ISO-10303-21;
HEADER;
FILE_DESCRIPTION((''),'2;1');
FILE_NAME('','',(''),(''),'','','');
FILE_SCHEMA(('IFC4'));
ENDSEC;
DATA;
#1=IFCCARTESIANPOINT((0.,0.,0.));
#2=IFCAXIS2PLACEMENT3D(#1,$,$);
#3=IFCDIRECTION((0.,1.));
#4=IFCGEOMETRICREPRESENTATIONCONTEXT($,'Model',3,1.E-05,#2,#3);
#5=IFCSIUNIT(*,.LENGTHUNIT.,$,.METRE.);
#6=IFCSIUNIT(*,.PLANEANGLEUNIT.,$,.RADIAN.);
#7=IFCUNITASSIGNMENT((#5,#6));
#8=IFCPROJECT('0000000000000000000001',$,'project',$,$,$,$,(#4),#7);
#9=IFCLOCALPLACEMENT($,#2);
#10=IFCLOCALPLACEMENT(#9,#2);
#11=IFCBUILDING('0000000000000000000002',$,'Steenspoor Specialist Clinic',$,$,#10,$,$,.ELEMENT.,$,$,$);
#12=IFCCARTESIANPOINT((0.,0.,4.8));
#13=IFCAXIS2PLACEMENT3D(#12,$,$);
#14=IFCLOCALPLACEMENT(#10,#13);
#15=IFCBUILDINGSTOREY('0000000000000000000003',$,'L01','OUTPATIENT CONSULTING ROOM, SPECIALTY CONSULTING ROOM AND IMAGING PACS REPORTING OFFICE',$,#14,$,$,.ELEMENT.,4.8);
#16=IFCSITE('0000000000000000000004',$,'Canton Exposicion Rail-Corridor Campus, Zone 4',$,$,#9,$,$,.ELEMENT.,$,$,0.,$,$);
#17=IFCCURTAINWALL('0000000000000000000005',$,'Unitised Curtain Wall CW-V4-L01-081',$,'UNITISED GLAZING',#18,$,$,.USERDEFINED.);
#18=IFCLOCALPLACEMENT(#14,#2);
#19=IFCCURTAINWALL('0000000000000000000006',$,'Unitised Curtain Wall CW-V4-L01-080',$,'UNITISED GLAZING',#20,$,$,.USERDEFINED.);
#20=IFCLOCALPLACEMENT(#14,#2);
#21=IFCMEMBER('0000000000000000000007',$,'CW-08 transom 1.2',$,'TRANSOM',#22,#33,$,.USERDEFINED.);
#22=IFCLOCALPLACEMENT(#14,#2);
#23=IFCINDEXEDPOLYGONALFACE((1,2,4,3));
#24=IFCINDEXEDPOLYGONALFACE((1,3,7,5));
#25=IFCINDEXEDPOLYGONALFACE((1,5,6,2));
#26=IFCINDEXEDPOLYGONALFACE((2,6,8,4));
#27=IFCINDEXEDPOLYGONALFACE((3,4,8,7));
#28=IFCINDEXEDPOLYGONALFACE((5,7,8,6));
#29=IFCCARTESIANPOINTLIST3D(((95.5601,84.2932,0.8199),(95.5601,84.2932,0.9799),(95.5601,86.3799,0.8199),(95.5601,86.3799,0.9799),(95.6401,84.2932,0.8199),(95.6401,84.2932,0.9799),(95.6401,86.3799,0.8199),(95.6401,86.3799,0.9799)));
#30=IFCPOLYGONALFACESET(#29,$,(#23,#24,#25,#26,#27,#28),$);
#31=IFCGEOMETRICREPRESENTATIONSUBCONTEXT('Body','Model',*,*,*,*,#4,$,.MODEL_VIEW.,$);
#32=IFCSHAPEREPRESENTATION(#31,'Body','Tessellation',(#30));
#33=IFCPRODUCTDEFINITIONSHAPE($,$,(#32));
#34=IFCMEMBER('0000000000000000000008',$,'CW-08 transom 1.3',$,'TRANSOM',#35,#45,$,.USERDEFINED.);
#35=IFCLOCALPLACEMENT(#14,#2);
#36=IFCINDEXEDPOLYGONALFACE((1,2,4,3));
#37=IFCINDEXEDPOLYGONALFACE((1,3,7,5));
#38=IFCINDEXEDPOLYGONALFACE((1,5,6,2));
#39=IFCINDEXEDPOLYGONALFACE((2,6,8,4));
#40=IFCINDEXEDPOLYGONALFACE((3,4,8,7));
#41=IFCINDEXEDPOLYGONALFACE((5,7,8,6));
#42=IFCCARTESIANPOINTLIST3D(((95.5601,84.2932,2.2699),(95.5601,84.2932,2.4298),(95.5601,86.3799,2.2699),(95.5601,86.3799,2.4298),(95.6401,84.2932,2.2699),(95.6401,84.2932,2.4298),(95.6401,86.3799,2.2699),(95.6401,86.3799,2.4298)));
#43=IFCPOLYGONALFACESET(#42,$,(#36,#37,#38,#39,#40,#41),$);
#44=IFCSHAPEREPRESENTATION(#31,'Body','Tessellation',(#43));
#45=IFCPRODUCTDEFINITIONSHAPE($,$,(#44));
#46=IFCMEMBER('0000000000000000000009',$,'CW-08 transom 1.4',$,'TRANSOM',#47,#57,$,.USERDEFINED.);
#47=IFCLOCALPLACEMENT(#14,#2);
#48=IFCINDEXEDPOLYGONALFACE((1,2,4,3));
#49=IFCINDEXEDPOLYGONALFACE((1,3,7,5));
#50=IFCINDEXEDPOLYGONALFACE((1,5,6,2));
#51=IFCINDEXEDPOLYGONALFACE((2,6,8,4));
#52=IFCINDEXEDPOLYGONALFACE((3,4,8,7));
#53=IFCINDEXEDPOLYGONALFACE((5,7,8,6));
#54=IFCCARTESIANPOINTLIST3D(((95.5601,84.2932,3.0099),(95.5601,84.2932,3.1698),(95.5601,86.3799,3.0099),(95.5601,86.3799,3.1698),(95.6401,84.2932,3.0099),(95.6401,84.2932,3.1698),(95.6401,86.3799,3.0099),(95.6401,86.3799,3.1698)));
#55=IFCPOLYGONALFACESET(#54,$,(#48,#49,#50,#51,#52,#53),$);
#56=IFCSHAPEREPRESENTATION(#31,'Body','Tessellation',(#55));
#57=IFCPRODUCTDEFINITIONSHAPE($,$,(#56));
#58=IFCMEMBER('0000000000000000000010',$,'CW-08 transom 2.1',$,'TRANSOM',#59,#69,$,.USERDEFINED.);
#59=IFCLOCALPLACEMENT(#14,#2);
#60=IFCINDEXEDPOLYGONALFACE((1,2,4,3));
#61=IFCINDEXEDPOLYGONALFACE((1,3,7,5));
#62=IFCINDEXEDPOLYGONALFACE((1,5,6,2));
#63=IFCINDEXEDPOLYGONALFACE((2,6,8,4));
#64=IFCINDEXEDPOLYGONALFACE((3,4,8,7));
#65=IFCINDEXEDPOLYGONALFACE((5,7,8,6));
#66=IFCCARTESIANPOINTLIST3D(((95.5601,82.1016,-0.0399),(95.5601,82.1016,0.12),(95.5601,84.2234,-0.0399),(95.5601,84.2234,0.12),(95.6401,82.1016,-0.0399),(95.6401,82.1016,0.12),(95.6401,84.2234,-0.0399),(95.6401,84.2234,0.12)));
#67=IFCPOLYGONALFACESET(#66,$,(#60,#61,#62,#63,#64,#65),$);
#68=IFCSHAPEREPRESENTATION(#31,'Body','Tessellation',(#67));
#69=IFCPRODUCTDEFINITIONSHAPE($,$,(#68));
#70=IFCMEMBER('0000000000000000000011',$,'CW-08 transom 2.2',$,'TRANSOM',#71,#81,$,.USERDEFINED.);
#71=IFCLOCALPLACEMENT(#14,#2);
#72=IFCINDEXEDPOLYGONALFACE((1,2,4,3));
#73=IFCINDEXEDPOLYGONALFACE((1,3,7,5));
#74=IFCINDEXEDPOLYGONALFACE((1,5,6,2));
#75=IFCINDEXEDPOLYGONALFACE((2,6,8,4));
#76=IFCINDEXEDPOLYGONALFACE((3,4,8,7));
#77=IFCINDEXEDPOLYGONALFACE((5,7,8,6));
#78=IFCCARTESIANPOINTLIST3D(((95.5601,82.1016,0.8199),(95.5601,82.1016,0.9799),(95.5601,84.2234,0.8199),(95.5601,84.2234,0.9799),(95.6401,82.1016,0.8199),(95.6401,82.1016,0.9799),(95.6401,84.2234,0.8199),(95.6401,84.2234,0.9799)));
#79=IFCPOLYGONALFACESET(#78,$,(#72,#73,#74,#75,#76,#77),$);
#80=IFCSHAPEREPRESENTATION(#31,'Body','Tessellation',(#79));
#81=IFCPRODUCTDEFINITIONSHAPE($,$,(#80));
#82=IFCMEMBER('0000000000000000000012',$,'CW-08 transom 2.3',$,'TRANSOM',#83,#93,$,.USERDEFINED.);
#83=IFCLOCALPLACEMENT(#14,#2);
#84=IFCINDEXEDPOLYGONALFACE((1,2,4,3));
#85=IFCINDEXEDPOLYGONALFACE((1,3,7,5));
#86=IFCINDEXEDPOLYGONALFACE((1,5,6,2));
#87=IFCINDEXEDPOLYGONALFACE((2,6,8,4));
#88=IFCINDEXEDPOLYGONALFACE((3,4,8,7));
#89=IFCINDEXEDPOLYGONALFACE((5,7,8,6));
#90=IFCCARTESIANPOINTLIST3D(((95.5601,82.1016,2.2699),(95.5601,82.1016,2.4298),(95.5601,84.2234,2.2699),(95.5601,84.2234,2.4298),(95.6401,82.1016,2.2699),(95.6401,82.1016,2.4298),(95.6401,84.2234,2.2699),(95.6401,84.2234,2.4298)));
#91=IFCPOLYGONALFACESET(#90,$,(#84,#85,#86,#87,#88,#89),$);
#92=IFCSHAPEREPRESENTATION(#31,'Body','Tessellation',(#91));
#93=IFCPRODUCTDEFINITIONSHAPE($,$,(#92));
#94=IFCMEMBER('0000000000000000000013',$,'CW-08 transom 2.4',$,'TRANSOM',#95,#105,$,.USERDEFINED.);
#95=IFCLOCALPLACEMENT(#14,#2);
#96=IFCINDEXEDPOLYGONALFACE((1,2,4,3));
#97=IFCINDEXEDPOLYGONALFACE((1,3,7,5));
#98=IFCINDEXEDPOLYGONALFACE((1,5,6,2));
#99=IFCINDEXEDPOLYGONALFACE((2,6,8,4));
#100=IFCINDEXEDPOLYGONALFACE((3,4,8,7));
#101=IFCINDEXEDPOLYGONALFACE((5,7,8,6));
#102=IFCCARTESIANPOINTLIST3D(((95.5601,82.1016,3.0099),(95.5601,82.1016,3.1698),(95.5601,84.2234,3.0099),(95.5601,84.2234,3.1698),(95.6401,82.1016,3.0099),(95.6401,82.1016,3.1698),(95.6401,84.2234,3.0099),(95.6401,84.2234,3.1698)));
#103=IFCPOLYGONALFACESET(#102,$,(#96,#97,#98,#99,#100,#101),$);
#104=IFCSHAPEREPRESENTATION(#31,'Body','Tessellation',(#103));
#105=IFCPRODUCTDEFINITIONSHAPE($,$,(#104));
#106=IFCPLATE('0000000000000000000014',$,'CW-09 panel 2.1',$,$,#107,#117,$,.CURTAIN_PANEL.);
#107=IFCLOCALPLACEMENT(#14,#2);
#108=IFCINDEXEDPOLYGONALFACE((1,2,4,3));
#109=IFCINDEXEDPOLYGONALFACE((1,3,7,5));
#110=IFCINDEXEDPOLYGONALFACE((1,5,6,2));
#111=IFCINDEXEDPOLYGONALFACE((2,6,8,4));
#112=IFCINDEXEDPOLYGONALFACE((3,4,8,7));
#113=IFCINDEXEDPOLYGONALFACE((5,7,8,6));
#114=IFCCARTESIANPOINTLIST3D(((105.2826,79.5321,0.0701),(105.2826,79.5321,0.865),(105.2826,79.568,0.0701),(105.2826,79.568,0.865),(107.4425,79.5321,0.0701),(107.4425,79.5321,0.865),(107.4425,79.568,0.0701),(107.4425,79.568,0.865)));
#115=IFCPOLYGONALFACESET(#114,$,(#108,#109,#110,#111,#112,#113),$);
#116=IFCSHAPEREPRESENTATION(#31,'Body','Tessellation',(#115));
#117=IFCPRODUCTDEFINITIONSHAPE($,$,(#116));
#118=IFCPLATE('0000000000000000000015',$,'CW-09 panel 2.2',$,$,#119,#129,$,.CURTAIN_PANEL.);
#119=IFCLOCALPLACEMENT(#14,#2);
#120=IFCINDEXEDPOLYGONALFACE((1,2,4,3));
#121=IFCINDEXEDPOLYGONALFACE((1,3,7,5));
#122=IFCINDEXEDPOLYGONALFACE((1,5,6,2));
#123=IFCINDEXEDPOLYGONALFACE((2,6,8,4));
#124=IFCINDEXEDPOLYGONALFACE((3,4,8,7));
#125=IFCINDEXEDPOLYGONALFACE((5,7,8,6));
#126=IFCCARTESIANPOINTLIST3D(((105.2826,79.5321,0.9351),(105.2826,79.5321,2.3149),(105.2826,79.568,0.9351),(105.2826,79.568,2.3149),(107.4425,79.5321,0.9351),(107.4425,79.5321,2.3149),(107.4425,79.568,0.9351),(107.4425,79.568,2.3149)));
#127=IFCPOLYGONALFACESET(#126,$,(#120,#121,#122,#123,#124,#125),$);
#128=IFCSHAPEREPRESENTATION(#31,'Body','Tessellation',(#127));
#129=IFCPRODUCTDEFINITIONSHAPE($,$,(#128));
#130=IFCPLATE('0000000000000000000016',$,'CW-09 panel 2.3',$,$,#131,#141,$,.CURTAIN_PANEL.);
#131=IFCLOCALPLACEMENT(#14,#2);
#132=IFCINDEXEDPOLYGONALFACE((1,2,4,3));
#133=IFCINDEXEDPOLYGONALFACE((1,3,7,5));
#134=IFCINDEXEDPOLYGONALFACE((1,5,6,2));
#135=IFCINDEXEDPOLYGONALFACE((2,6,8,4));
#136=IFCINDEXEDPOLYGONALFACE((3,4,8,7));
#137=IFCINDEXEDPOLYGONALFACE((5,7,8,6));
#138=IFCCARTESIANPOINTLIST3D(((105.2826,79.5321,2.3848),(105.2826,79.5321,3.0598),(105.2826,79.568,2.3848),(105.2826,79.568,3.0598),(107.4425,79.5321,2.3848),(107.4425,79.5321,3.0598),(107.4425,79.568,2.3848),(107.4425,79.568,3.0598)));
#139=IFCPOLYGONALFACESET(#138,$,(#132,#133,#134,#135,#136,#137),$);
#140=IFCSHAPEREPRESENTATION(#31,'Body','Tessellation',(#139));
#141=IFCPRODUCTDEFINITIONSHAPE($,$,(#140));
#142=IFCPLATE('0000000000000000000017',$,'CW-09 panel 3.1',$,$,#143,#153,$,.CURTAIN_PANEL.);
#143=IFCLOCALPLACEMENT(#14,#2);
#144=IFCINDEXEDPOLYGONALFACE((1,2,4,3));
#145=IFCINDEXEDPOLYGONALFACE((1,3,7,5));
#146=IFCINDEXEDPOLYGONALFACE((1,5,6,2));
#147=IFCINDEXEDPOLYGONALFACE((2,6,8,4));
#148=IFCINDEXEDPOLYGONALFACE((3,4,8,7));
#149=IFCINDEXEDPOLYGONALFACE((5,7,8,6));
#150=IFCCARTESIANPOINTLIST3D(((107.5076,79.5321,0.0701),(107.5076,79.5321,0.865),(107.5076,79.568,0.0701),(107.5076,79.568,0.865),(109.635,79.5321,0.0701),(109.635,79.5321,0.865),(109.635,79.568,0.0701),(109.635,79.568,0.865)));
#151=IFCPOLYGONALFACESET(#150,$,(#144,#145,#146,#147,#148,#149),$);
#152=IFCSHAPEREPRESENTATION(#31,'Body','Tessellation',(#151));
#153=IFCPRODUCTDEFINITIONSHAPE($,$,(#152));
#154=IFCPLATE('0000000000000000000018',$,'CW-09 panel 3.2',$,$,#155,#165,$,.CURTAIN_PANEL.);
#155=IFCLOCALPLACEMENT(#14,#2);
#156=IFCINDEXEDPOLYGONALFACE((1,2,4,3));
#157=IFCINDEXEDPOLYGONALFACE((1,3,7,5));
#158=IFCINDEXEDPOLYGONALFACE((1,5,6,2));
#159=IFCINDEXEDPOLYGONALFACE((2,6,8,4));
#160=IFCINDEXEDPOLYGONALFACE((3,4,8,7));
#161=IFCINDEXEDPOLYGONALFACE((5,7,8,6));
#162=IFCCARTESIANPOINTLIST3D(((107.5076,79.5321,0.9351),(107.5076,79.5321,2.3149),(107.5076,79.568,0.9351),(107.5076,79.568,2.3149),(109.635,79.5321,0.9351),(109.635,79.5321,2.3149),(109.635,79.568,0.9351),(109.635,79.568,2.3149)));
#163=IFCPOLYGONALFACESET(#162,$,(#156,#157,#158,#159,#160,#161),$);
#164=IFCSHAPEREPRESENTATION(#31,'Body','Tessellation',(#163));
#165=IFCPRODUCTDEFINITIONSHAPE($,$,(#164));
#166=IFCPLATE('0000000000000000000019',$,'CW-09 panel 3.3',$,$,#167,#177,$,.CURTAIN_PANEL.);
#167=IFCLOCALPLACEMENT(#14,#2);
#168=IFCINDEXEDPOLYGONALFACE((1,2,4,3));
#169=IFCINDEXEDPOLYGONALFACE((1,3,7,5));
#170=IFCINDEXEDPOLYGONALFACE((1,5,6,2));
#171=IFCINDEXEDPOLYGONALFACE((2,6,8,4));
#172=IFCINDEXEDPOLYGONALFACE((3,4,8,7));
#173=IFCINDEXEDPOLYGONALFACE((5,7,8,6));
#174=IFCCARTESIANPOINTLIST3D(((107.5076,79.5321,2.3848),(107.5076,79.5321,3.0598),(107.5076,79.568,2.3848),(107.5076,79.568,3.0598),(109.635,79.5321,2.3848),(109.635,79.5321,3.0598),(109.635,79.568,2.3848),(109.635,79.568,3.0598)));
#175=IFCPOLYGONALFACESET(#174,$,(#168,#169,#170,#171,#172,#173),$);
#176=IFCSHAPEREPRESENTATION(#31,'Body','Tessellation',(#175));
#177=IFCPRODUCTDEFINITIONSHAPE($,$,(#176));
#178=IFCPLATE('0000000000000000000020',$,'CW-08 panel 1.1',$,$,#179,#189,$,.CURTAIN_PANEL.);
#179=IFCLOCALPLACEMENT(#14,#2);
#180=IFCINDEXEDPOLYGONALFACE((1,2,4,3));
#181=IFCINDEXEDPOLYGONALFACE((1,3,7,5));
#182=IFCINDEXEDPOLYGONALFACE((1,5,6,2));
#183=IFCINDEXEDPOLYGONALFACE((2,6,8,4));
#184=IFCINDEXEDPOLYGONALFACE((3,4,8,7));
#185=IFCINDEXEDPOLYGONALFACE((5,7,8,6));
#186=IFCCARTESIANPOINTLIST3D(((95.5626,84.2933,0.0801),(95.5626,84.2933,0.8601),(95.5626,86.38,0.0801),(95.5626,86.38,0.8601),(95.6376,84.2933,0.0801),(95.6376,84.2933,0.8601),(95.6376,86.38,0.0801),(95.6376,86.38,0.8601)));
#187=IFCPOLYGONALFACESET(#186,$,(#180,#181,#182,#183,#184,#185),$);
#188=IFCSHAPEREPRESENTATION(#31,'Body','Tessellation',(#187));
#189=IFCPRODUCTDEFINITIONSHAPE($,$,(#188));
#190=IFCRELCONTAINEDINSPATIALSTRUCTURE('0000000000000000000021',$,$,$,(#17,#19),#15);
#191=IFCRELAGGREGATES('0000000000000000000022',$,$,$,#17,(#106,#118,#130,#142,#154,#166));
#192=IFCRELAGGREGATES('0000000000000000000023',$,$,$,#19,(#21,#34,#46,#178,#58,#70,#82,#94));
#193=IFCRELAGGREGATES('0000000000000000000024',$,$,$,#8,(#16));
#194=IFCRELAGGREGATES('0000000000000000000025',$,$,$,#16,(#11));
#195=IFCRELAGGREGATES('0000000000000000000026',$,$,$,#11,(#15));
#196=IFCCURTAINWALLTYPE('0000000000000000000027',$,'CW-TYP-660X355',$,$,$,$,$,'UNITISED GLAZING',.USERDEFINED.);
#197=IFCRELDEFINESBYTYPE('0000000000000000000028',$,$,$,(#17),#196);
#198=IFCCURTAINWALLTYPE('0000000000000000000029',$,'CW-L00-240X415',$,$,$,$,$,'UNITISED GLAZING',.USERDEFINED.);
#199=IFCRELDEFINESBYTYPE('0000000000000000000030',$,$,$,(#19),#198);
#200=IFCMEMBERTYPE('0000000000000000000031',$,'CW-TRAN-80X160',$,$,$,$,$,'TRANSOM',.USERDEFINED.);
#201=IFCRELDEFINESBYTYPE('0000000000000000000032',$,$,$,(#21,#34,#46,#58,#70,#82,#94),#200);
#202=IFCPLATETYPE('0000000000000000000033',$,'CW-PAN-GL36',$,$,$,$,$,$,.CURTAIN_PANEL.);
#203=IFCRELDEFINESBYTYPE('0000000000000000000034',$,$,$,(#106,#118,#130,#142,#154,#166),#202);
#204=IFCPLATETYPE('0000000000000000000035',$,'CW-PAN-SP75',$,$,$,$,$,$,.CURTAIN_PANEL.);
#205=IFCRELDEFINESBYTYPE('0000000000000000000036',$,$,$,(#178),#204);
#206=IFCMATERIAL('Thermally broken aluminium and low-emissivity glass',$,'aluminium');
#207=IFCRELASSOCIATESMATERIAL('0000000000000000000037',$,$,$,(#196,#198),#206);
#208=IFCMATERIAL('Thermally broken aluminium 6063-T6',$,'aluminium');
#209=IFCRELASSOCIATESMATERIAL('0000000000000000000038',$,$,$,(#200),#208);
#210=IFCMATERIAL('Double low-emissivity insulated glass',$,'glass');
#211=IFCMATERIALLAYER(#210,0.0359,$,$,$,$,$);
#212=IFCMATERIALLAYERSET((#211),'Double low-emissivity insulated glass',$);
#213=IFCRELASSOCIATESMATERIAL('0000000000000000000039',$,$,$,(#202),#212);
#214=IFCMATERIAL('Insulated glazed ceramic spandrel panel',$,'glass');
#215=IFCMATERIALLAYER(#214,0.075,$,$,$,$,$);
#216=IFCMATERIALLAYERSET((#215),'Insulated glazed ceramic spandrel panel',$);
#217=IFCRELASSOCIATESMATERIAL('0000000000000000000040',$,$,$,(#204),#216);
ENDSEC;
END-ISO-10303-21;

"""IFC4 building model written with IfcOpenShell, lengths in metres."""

from ifc_helpers import new_model, si_unit, direction, frame, origin, origin_2d, place, context, subcontext, project, spatial, rectangle, extrude, material, layer, layer_set, material_profile, profile_set, type_object, element, aggregate, save


model = new_model("IFC4")

# Units and contexts
model_context = context("Model", 3, precision=1e-05, world=origin(), true_north=direction((0.0, 1.0)))
body_context = subcontext(model_context, "Body", "Model", "MODEL_VIEW")
ifc_project = project(units=[si_unit("LENGTHUNIT", "METRE"), si_unit("PLANEANGLEUNIT", "RADIAN")], contexts=[model_context])

# Site, building, storey
site_placement = place(None, origin())
site = spatial("IfcSite", under=ifc_project, at=site_placement, Name="Canton Exposicion Rail-Corridor Campus, Zone 4", CompositionType="ELEMENT", RefElevation=0.0)
building_placement = place(site_placement, origin())
building = spatial("IfcBuilding", under=site, at=building_placement, Name="Steenspoor Specialist Clinic", CompositionType="ELEMENT")
storey_placement = place(building_placement, frame((0.0, 0.0, 4.8)))
storey = spatial("IfcBuildingStorey", under=building, at=storey_placement, Name="L01", Description="OUTPATIENT CONSULTING ROOM, SPECIALTY CONSULTING ROOM AND IMAGING PACS REPORTING OFFICE", CompositionType="ELEMENT", Elevation=4.8)

# Curtain walls
ifc_material_1 = material(Name="Thermally broken aluminium and low-emissivity glass", Category="aluminium")
curtain_wall_type_1 = type_object("IfcCurtainWallType", Name="CW-TYP-660X355", ElementType="UNITISED GLAZING", PredefinedType="USERDEFINED", material=ifc_material_1)
curtain_wall_1_placement = place(storey_placement, origin())
curtain_wall_1 = element("IfcCurtainWall", 1, at=curtain_wall_1_placement, inside=storey, type_object=curtain_wall_type_1, Name="Unitised Curtain Wall CW-V4-L01-081", ObjectType="UNITISED GLAZING", PredefinedType="USERDEFINED")
ifc_material_2 = material(Name="Thermally broken aluminium 6063-T6", Category="aluminium")
curtain_wall_type_2 = type_object("IfcCurtainWallType", Name="CW-L00-240X415", ElementType="UNITISED GLAZING", PredefinedType="USERDEFINED", material=ifc_material_1)
curtain_wall_2_placement = place(storey_placement, origin())
curtain_wall_2 = element("IfcCurtainWall", 2, at=curtain_wall_2_placement, inside=storey, type_object=curtain_wall_type_2, Name="Unitised Curtain Wall CW-V4-L01-080", ObjectType="UNITISED GLAZING", PredefinedType="USERDEFINED")

# Members
ifc_material_profile_1 = material_profile(ifc_material_2, rectangle(XDim=0.0801, YDim=0.1599, at=origin_2d()), Name="CWT-80X160")
ifc_profile_set_1 = profile_set([ifc_material_profile_1], Name="Thermally broken aluminium 6063-T6")
member_type_1 = type_object("IfcMemberType", Name="CW-TRAN-80X160", ElementType="TRANSOM", PredefinedType="USERDEFINED", material=ifc_profile_set_1)
member_1_placement = place(storey_placement, frame((95.6001, 86.3799, 0.8999), z_axis=(0.0, -1.0, 0.0), x_axis=(1.0, 0.0, 0.0)))
member_1 = element("IfcMember", 3, at=member_1_placement, type_object=member_type_1, Name="CW-08 transom 1.2", ObjectType="TRANSOM", PredefinedType="USERDEFINED", context=body_context, shape_type="SweptSolid", body=[
    extrude(rectangle(XDim=0.0801, YDim=0.1599, at=origin_2d()), origin(), (0.0, 0.0, 1.0), 2.0867),
])
member_2_placement = place(storey_placement, frame((95.6001, 86.3799, 2.3499), z_axis=(0.0, -1.0, 0.0), x_axis=(1.0, 0.0, 0.0)))
member_2 = element("IfcMember", 4, at=member_2_placement, type_object=member_type_1, Name="CW-08 transom 1.3", ObjectType="TRANSOM", PredefinedType="USERDEFINED", context=body_context, shape_type="SweptSolid", body=[
    extrude(rectangle(XDim=0.0801, YDim=0.1599, at=origin_2d()), origin(), (0.0, 0.0, 1.0), 2.0867),
])
member_3_placement = place(storey_placement, frame((95.6001, 86.3799, 3.0898), z_axis=(0.0, -1.0, 0.0), x_axis=(1.0, 0.0, 0.0)))
member_3 = element("IfcMember", 5, at=member_3_placement, type_object=member_type_1, Name="CW-08 transom 1.4", ObjectType="TRANSOM", PredefinedType="USERDEFINED", context=body_context, shape_type="SweptSolid", body=[
    extrude(rectangle(XDim=0.0801, YDim=0.1599, at=origin_2d()), origin(), (0.0, 0.0, 1.0), 2.0867),
])
member_4_placement = place(storey_placement, frame((95.6001, 84.2234, 0.04), z_axis=(0.0, -1.0, 0.0), x_axis=(1.0, 0.0, 0.0)))
member_4 = element("IfcMember", 6, at=member_4_placement, type_object=member_type_1, Name="CW-08 transom 2.1", ObjectType="TRANSOM", PredefinedType="USERDEFINED", context=body_context, shape_type="SweptSolid", body=[
    extrude(rectangle(XDim=0.0801, YDim=0.1599, at=origin_2d()), origin(), (0.0, 0.0, 1.0), 2.1218),
])
member_5_placement = place(storey_placement, frame((95.6001, 84.2234, 0.8999), z_axis=(0.0, -1.0, 0.0), x_axis=(1.0, 0.0, 0.0)))
member_5 = element("IfcMember", 7, at=member_5_placement, type_object=member_type_1, Name="CW-08 transom 2.2", ObjectType="TRANSOM", PredefinedType="USERDEFINED", context=body_context, shape_type="SweptSolid", body=[
    extrude(rectangle(XDim=0.0801, YDim=0.1599, at=origin_2d()), origin(), (0.0, 0.0, 1.0), 2.1218),
])
member_6_placement = place(storey_placement, frame((95.6001, 84.2234, 2.3499), z_axis=(0.0, -1.0, 0.0), x_axis=(1.0, 0.0, 0.0)))
member_6 = element("IfcMember", 8, at=member_6_placement, type_object=member_type_1, Name="CW-08 transom 2.3", ObjectType="TRANSOM", PredefinedType="USERDEFINED", context=body_context, shape_type="SweptSolid", body=[
    extrude(rectangle(XDim=0.0801, YDim=0.1599, at=origin_2d()), origin(), (0.0, 0.0, 1.0), 2.1218),
])
member_7_placement = place(storey_placement, frame((95.6001, 84.2234, 3.0898), z_axis=(0.0, -1.0, 0.0), x_axis=(1.0, 0.0, 0.0)))
member_7 = element("IfcMember", 9, at=member_7_placement, type_object=member_type_1, Name="CW-08 transom 2.4", ObjectType="TRANSOM", PredefinedType="USERDEFINED", context=body_context, shape_type="SweptSolid", body=[
    extrude(rectangle(XDim=0.0801, YDim=0.1599, at=origin_2d()), origin(), (0.0, 0.0, 1.0), 2.1218),
])

# Plates
ifc_material_3 = material(Name="Double low-emissivity insulated glass", Category="glass")
ifc_layer_1 = layer(ifc_material_3, 0.0359)
ifc_layer_set_1 = layer_set([ifc_layer_1], Name="Double low-emissivity insulated glass")
plate_type_1 = type_object("IfcPlateType", Name="CW-PAN-GL36", PredefinedType="CURTAIN_PANEL", material=ifc_layer_set_1)
plate_1_placement = place(storey_placement, frame((106.3625, 79.55, 0.0701), z_axis=(0.0, 0.0, 1.0), x_axis=(1.0, 0.0, 0.0)))
plate_1 = element("IfcPlate", 10, at=plate_1_placement, type_object=plate_type_1, Name="CW-09 panel 2.1", PredefinedType="CURTAIN_PANEL", context=body_context, shape_type="SweptSolid", body=[
    extrude(rectangle(XDim=2.1599, YDim=0.0359, at=origin_2d()), origin(), (0.0, 0.0, 1.0), 0.7949),
])
plate_2_placement = place(storey_placement, frame((106.3625, 79.55, 0.9351), z_axis=(0.0, 0.0, 1.0), x_axis=(1.0, 0.0, 0.0)))
plate_2 = element("IfcPlate", 11, at=plate_2_placement, type_object=plate_type_1, Name="CW-09 panel 2.2", PredefinedType="CURTAIN_PANEL", context=body_context, shape_type="SweptSolid", body=[
    extrude(rectangle(XDim=2.1599, YDim=0.0359, at=origin_2d()), origin(), (0.0, 0.0, 1.0), 1.3799),
])
plate_3_placement = place(storey_placement, frame((106.3625, 79.55, 2.3848), z_axis=(0.0, 0.0, 1.0), x_axis=(1.0, 0.0, 0.0)))
plate_3 = element("IfcPlate", 12, at=plate_3_placement, type_object=plate_type_1, Name="CW-09 panel 2.3", PredefinedType="CURTAIN_PANEL", context=body_context, shape_type="SweptSolid", body=[
    extrude(rectangle(XDim=2.1599, YDim=0.0359, at=origin_2d()), origin(), (0.0, 0.0, 1.0), 0.675),
])
plate_4_placement = place(storey_placement, frame((108.5713, 79.55, 0.0701), z_axis=(0.0, 0.0, 1.0), x_axis=(1.0, 0.0, 0.0)))
plate_4 = element("IfcPlate", 13, at=plate_4_placement, type_object=plate_type_1, Name="CW-09 panel 3.1", PredefinedType="CURTAIN_PANEL", context=body_context, shape_type="SweptSolid", body=[
    extrude(rectangle(XDim=2.1274, YDim=0.0359, at=origin_2d()), origin(), (0.0, 0.0, 1.0), 0.7949),
])
plate_5_placement = place(storey_placement, frame((108.5713, 79.55, 0.9351), z_axis=(0.0, 0.0, 1.0), x_axis=(1.0, 0.0, 0.0)))
plate_5 = element("IfcPlate", 14, at=plate_5_placement, type_object=plate_type_1, Name="CW-09 panel 3.2", PredefinedType="CURTAIN_PANEL", context=body_context, shape_type="SweptSolid", body=[
    extrude(rectangle(XDim=2.1274, YDim=0.0359, at=origin_2d()), origin(), (0.0, 0.0, 1.0), 1.3799),
])
plate_6_placement = place(storey_placement, frame((108.5713, 79.55, 2.3848), z_axis=(0.0, 0.0, 1.0), x_axis=(1.0, 0.0, 0.0)))
plate_6 = element("IfcPlate", 15, at=plate_6_placement, type_object=plate_type_1, Name="CW-09 panel 3.3", PredefinedType="CURTAIN_PANEL", context=body_context, shape_type="SweptSolid", body=[
    extrude(rectangle(XDim=2.1274, YDim=0.0359, at=origin_2d()), origin(), (0.0, 0.0, 1.0), 0.675),
])
aggregate(curtain_wall_1, [plate_1, plate_2, plate_3, plate_4, plate_5, plate_6])
ifc_material_4 = material(Name="Insulated glazed ceramic spandrel panel", Category="glass")
ifc_layer_2 = layer(ifc_material_4, 0.075)
ifc_layer_set_2 = layer_set([ifc_layer_2], Name="Insulated glazed ceramic spandrel panel")
plate_type_2 = type_object("IfcPlateType", Name="CW-PAN-SP75", PredefinedType="CURTAIN_PANEL", material=ifc_layer_set_2)
plate_7_placement = place(storey_placement, frame((95.6001, 85.3367, 0.0801), z_axis=(0.0, 0.0, 1.0), x_axis=(0.0, -1.0, 0.0)))
plate_7 = element("IfcPlate", 16, at=plate_7_placement, type_object=plate_type_2, Name="CW-08 panel 1.1", PredefinedType="CURTAIN_PANEL", context=body_context, shape_type="SweptSolid", body=[
    extrude(rectangle(XDim=2.0867, YDim=0.075, at=origin_2d()), origin(), (0.0, 0.0, 1.0), 0.78),
])
aggregate(curtain_wall_2, [member_1, member_2, member_3, plate_7, member_4, member_5, member_6, member_7])

save(model, "model.ifc")
